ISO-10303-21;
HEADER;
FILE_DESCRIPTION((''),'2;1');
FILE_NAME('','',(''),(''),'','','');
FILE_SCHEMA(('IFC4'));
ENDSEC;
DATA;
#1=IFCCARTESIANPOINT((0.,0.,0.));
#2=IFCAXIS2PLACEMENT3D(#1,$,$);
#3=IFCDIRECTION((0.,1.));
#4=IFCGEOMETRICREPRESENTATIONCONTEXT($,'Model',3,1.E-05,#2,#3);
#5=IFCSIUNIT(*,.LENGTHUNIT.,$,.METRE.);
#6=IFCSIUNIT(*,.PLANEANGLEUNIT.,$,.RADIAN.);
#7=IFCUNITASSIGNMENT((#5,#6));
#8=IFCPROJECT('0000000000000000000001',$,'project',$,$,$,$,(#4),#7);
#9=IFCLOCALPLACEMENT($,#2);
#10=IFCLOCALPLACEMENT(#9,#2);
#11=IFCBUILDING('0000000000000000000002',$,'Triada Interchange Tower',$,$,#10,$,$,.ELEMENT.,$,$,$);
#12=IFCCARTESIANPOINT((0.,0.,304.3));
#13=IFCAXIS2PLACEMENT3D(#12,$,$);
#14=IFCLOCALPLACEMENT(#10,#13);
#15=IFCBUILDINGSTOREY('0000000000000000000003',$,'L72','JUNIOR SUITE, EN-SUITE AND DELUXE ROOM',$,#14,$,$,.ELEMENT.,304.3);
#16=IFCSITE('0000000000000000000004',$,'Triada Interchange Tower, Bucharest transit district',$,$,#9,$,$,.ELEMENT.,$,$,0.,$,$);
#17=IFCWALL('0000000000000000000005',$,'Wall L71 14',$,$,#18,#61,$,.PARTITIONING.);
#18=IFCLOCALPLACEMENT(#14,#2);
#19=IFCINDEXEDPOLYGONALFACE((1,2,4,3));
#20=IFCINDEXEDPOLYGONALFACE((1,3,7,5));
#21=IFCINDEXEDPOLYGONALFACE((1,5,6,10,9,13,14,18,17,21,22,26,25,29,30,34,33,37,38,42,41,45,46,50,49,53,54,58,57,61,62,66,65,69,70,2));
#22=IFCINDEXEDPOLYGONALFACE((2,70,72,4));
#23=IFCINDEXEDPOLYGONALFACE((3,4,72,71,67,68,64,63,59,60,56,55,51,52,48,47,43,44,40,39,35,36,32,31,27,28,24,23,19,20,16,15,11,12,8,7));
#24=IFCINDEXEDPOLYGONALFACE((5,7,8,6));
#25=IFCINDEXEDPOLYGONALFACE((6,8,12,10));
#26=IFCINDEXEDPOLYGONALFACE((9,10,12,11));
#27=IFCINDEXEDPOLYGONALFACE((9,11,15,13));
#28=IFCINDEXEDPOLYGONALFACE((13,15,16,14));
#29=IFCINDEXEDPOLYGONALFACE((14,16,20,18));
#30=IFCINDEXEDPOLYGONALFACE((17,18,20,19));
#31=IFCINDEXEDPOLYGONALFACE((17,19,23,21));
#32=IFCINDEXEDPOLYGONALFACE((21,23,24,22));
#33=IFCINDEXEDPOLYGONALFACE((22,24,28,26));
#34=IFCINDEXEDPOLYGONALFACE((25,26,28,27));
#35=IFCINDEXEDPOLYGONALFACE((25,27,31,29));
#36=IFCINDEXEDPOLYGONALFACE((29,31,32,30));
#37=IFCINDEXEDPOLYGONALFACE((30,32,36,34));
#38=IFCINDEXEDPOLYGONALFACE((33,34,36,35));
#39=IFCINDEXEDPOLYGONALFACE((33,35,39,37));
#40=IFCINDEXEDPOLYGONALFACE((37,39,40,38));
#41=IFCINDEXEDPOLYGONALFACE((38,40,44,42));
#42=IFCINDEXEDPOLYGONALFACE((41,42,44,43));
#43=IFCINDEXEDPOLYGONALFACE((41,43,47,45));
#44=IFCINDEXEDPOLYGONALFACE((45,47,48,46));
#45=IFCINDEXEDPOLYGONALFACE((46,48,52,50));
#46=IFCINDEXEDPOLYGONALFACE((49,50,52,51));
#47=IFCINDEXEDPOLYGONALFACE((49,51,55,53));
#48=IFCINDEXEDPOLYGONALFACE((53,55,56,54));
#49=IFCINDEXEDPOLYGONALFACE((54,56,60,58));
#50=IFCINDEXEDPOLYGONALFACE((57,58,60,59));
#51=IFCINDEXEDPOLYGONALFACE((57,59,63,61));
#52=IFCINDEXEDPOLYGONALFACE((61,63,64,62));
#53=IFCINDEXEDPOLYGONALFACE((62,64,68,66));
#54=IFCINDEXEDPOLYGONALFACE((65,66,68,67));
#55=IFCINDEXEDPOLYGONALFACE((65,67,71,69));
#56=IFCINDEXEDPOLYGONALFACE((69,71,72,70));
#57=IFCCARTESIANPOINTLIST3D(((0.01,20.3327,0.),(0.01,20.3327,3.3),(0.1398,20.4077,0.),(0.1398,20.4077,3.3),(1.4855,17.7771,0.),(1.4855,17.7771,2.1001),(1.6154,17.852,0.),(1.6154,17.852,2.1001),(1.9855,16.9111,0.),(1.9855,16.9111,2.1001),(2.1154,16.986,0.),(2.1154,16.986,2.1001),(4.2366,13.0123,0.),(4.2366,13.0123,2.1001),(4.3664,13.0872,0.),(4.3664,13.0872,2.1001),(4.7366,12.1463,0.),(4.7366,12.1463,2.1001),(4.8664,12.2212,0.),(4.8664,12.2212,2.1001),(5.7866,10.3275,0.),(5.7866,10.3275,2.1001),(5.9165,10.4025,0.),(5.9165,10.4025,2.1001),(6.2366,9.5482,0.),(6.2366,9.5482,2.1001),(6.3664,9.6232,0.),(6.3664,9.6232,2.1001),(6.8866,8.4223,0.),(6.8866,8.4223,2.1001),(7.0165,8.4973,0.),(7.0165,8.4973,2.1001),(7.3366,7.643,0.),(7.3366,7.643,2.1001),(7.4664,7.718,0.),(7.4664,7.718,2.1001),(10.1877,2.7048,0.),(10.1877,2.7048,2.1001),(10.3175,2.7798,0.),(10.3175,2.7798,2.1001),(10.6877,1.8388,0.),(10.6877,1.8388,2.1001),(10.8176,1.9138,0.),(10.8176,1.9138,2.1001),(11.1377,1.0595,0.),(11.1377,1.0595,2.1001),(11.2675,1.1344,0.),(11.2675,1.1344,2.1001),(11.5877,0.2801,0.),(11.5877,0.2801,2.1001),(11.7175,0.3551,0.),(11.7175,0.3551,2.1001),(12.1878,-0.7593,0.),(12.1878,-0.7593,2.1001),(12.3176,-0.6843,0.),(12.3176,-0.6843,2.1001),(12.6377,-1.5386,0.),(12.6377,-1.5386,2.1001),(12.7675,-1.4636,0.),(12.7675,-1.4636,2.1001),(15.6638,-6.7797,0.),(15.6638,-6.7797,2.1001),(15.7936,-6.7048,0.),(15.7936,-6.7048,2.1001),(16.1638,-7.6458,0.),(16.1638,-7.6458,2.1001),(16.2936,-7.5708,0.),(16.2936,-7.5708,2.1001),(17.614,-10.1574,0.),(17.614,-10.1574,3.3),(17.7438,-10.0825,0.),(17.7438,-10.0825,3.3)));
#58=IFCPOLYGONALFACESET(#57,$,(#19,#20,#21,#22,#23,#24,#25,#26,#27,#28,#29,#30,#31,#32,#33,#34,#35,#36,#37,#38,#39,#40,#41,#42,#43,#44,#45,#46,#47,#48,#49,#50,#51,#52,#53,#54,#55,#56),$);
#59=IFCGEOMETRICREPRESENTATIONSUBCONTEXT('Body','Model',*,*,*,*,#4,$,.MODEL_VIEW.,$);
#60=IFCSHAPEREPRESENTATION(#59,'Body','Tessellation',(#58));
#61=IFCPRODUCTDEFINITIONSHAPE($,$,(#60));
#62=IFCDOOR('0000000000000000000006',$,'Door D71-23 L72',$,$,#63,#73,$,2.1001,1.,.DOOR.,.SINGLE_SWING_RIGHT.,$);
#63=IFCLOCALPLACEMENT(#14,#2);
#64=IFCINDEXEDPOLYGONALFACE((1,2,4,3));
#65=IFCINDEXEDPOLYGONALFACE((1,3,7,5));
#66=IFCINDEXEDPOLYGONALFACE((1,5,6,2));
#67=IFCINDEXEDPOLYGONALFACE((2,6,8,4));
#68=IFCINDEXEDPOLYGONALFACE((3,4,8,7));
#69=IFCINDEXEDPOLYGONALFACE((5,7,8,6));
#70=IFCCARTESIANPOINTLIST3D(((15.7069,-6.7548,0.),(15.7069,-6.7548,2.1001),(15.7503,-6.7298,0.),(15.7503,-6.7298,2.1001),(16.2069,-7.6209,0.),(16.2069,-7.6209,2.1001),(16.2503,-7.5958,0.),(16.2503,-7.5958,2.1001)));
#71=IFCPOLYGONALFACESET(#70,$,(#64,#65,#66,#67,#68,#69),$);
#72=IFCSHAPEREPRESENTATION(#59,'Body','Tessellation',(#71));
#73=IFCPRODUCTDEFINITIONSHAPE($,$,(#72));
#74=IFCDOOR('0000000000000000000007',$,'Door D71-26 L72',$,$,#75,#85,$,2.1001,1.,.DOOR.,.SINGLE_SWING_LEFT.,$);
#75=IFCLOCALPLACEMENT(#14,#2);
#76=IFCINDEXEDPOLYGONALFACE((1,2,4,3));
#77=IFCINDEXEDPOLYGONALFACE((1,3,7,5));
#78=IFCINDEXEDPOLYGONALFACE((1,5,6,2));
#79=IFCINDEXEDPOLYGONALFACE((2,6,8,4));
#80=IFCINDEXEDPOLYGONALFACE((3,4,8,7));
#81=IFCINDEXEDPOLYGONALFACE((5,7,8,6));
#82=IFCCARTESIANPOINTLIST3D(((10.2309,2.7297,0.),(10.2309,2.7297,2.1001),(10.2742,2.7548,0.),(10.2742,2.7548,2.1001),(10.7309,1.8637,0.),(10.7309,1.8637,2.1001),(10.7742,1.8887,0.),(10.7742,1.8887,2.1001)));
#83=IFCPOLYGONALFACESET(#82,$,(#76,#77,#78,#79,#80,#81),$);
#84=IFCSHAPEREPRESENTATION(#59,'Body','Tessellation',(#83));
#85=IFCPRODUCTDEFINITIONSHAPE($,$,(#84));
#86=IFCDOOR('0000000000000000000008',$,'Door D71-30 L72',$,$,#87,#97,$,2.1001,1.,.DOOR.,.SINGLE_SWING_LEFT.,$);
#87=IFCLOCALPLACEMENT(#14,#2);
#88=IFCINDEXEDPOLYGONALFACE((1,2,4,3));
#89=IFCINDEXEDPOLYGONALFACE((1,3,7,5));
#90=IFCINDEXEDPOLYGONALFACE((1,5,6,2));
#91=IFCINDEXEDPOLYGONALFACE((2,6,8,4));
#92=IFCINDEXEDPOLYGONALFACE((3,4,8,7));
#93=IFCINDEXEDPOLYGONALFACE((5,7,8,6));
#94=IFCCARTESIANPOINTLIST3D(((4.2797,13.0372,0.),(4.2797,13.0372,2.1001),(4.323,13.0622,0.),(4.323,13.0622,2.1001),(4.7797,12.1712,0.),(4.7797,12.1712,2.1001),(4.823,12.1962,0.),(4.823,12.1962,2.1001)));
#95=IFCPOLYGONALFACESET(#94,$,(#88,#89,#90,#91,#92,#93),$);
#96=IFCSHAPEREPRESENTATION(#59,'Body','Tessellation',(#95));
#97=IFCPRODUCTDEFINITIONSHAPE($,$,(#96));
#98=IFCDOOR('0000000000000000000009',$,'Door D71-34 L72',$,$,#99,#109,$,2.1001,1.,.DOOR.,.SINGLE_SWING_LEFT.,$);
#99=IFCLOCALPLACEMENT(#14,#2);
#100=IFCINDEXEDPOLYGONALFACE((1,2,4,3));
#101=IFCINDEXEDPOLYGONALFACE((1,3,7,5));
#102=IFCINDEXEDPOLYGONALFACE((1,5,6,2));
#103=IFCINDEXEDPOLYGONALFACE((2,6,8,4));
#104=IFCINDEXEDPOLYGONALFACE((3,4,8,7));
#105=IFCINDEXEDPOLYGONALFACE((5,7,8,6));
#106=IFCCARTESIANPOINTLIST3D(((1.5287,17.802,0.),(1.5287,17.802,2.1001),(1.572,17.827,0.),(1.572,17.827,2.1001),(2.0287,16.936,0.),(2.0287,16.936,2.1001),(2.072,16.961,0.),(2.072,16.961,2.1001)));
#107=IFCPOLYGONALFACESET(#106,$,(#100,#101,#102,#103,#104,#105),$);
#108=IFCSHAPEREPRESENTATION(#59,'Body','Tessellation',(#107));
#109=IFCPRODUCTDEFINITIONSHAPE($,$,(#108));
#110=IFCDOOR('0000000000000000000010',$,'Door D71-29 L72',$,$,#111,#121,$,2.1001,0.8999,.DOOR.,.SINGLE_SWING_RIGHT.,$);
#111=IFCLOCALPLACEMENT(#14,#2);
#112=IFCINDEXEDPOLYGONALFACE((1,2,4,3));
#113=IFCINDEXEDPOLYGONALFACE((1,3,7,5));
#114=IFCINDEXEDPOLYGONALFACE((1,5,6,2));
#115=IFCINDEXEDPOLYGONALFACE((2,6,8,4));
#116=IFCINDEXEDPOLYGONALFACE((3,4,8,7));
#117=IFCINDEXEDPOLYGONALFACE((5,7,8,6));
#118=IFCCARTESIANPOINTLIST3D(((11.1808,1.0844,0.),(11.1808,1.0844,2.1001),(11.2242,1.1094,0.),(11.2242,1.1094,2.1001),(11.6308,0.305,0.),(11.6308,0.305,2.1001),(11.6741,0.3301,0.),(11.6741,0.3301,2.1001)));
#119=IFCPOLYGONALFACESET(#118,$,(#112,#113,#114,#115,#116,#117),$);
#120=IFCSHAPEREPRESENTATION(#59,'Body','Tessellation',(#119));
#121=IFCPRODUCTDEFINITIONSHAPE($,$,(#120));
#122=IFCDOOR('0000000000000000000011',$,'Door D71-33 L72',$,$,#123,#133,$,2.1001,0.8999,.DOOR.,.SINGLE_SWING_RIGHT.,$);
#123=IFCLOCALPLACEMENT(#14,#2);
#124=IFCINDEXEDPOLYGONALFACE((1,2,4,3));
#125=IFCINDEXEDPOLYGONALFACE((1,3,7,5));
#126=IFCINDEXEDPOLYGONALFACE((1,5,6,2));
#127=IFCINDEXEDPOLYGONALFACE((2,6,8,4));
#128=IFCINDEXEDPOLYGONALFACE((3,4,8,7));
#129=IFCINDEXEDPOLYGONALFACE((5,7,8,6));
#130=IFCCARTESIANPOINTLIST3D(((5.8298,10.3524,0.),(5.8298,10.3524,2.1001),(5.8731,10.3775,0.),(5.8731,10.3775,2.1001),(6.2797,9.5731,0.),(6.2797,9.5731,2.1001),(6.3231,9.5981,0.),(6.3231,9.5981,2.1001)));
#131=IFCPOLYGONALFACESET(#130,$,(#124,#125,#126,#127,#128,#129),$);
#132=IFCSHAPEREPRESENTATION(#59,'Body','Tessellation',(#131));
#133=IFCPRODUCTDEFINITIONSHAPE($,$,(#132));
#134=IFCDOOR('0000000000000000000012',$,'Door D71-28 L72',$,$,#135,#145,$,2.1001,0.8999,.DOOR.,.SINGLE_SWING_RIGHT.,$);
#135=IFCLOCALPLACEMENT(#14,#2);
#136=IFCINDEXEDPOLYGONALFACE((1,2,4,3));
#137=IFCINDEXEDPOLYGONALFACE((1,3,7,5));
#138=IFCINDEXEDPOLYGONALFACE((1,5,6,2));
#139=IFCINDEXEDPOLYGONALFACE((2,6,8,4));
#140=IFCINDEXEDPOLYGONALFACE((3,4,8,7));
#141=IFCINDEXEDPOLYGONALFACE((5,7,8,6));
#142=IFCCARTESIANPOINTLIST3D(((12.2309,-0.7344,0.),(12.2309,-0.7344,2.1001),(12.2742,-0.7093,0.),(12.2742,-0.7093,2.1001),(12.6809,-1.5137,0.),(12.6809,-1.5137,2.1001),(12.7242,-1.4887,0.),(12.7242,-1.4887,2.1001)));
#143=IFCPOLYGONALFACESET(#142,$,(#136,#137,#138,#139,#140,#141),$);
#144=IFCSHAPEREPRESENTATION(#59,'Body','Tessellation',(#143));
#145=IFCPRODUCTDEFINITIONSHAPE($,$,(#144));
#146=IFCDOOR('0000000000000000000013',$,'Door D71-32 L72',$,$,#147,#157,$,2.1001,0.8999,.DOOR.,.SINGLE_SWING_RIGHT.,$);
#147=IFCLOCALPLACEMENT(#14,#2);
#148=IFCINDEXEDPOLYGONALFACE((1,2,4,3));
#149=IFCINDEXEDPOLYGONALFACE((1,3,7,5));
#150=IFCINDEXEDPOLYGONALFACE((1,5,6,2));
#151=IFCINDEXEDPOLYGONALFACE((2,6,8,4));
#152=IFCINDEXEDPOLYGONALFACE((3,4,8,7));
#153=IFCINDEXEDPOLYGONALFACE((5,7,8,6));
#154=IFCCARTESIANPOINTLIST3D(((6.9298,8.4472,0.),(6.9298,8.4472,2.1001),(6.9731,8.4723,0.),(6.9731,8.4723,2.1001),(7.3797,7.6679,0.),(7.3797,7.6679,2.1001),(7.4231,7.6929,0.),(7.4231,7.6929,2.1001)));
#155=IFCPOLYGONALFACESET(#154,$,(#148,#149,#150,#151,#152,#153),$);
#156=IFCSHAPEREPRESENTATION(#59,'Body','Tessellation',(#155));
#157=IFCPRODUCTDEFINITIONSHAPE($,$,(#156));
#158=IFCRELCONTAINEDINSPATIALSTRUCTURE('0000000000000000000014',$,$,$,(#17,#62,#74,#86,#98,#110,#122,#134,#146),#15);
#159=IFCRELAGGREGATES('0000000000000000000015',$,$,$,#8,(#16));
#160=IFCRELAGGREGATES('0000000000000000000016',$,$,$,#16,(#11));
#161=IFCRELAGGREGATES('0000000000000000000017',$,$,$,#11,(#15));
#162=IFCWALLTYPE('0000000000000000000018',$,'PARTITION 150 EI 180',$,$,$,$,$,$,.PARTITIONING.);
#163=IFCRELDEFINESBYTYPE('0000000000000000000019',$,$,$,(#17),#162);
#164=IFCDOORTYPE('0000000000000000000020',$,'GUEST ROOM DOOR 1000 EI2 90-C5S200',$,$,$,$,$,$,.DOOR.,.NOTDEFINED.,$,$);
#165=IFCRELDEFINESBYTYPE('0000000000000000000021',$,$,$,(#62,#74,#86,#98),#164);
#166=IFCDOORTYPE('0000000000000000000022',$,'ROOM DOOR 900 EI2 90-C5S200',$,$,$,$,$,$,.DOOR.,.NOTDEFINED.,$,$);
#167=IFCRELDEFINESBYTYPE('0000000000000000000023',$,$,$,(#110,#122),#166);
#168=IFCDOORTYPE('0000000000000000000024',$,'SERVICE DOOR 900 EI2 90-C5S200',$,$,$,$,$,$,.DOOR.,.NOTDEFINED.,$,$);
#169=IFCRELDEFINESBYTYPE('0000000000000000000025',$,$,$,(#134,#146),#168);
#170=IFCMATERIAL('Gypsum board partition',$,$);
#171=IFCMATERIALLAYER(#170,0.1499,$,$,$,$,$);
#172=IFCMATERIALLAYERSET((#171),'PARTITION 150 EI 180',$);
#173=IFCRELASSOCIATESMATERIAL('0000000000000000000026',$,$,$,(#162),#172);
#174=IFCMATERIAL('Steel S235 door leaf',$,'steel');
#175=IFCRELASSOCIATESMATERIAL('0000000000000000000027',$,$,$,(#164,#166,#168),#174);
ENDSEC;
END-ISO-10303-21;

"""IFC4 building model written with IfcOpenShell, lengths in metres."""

from ifc_helpers import new_model, si_unit, direction, frame, frame_2d, origin, place, context, subcontext, project, spatial, rectangle, extrude, material, layer, layer_set, type_object, element, fill, save


model = new_model("IFC4")

# Units and contexts
model_context = context("Model", 3, precision=1e-05, world=origin(), true_north=direction((0.0, 1.0)))
body_context = subcontext(model_context, "Body", "Model", "MODEL_VIEW")
ifc_project = project(units=[si_unit("LENGTHUNIT", "METRE"), si_unit("PLANEANGLEUNIT", "RADIAN")], contexts=[model_context])

# Site, building, storey
site_placement = place(None, origin())
site = spatial("IfcSite", under=ifc_project, at=site_placement, Name="Triada Interchange Tower, Bucharest transit district", CompositionType="ELEMENT", RefElevation=0.0)
building_placement = place(site_placement, origin())
building = spatial("IfcBuilding", under=site, at=building_placement, Name="Triada Interchange Tower", CompositionType="ELEMENT")
storey_placement = place(building_placement, frame((0.0, 0.0, 304.3)))
storey = spatial("IfcBuildingStorey", under=building, at=storey_placement, Name="L72", Description="JUNIOR SUITE, EN-SUITE AND DELUXE ROOM", CompositionType="ELEMENT", Elevation=304.3)

# Shared definitions
ifc_material_1 = material(Name="Gypsum board partition")
ifc_layer_1 = layer(ifc_material_1, 0.1499)
ifc_layer_set_1 = layer_set([ifc_layer_1], Name="PARTITION 150 EI 180")
wall_type_1 = type_object("IfcWallType", Name="PARTITION 150 EI 180", PredefinedType="PARTITIONING", material=ifc_layer_set_1)

# Wall, openings, doors
wall_1_placement = place(storey_placement, frame((0.075, 20.3701, 0.0), z_axis=(0.0, 0.0, 1.0), x_axis=(0.50001, -0.86602, 0.0)))
wall_1 = element("IfcWall", 1, at=wall_1_placement, inside=storey, type_object=wall_type_1, Name="Wall L71 14", PredefinedType="PARTITIONING", context=body_context, shape_type="SweptSolid", body=[
    extrude(rectangle(XDim=35.2073, YDim=0.1499, at=frame_2d((17.6035, 0.0))), origin(), (0.0, 0.0, 1.0), 3.3),
])
opening_1_placement = place(wall_1_placement, frame((31.3069, 0.0, 0.0)))
opening_1 = element("IfcOpeningElement", 2, at=opening_1_placement, cuts=wall_1, PredefinedType="OPENING", context=body_context, shape_type="SweptSolid", body=[
    extrude(rectangle(XDim=1.0, YDim=2.1001, at=frame_2d((0.5, 1.05))), frame((0.0, 0.085, 0.0), z_axis=(0.0, -1.0, 0.0), x_axis=(1.0, 0.0, 0.0)), (0.0, 0.0, 1.0), 0.1699),
])
opening_2_placement = place(wall_1_placement, frame((20.355, 0.0, 0.0)))
opening_2 = element("IfcOpeningElement", 3, at=opening_2_placement, cuts=wall_1, PredefinedType="OPENING", context=body_context, shape_type="SweptSolid", body=[
    extrude(rectangle(XDim=1.0, YDim=2.1001, at=frame_2d((0.5, 1.05))), frame((0.0, 0.085, 0.0), z_axis=(0.0, -1.0, 0.0), x_axis=(1.0, 0.0, 0.0)), (0.0, 0.0, 1.0), 0.1699),
])
opening_3_placement = place(wall_1_placement, frame((24.355, 0.0, 0.0)))
opening_3 = element("IfcOpeningElement", 4, at=opening_3_placement, cuts=wall_1, PredefinedType="OPENING", context=body_context, shape_type="SweptSolid", body=[
    extrude(rectangle(XDim=0.8999, YDim=2.1001, at=frame_2d((0.45, 1.05))), frame((0.0, 0.085, 0.0), z_axis=(0.0, -1.0, 0.0), x_axis=(1.0, 0.0, 0.0)), (0.0, 0.0, 1.0), 0.1699),
])
opening_4_placement = place(wall_1_placement, frame((22.2549, 0.0, 0.0)))
opening_4 = element("IfcOpeningElement", 5, at=opening_4_placement, cuts=wall_1, PredefinedType="OPENING", context=body_context, shape_type="SweptSolid", body=[
    extrude(rectangle(XDim=0.8999, YDim=2.1001, at=frame_2d((0.45, 1.05))), frame((0.0, 0.085, 0.0), z_axis=(0.0, -1.0, 0.0), x_axis=(1.0, 0.0, 0.0)), (0.0, 0.0, 1.0), 0.1699),
])
opening_5_placement = place(wall_1_placement, frame((8.4529, 0.0, 0.0)))
opening_5 = element("IfcOpeningElement", 6, at=opening_5_placement, cuts=wall_1, PredefinedType="OPENING", context=body_context, shape_type="SweptSolid", body=[
    extrude(rectangle(XDim=1.0, YDim=2.1001, at=frame_2d((0.5, 1.05))), frame((0.0, 0.085, 0.0), z_axis=(0.0, -1.0, 0.0), x_axis=(1.0, 0.0, 0.0)), (0.0, 0.0, 1.0), 0.1699),
])
opening_6_placement = place(wall_1_placement, frame((13.7529, 0.0, 0.0)))
opening_6 = element("IfcOpeningElement", 7, at=opening_6_placement, cuts=wall_1, PredefinedType="OPENING", context=body_context, shape_type="SweptSolid", body=[
    extrude(rectangle(XDim=0.8999, YDim=2.1001, at=frame_2d((0.45, 1.05))), frame((0.0, 0.085, 0.0), z_axis=(0.0, -1.0, 0.0), x_axis=(1.0, 0.0, 0.0)), (0.0, 0.0, 1.0), 0.1699),
])
opening_7_placement = place(wall_1_placement, frame((11.553, 0.0, 0.0)))
opening_7 = element("IfcOpeningElement", 8, at=opening_7_placement, cuts=wall_1, PredefinedType="OPENING", context=body_context, shape_type="SweptSolid", body=[
    extrude(rectangle(XDim=0.8999, YDim=2.1001, at=frame_2d((0.45, 1.05))), frame((0.0, 0.085, 0.0), z_axis=(0.0, -1.0, 0.0), x_axis=(1.0, 0.0, 0.0)), (0.0, 0.0, 1.0), 0.1699),
])
opening_8_placement = place(wall_1_placement, frame((2.9509, 0.0, 0.0)))
opening_8 = element("IfcOpeningElement", 9, at=opening_8_placement, cuts=wall_1, PredefinedType="OPENING", context=body_context, shape_type="SweptSolid", body=[
    extrude(rectangle(XDim=1.0, YDim=2.1001, at=frame_2d((0.5, 1.05))), frame((0.0, 0.085, 0.0), z_axis=(0.0, -1.0, 0.0), x_axis=(1.0, 0.0, 0.0)), (0.0, 0.0, 1.0), 0.1699),
])
ifc_material_2 = material(Name="Steel S235 door leaf", Category="steel")
door_type_1 = type_object("IfcDoorType", Name="GUEST ROOM DOOR 1000 EI2 90-C5S200", OperationType="NOTDEFINED", PredefinedType="DOOR", material=ifc_material_2)
door_1_placement = place(opening_1_placement, origin())
door_1 = element("IfcDoor", 10, at=door_1_placement, inside=storey, type_object=door_type_1, Name="Door D71-23 L72", OperationType="SINGLE_SWING_RIGHT", OverallHeight=2.1001, OverallWidth=1.0, PredefinedType="DOOR", context=body_context, shape_type="SweptSolid", body=[
    extrude(rectangle(XDim=1.0, YDim=2.1001, at=frame_2d((0.5, 1.05))), frame((0.0, 0.0249, 0.0), z_axis=(0.0, -1.0, 0.0), x_axis=(1.0, 0.0, 0.0)), (0.0, 0.0, 1.0), 0.05),
])
fill(opening_1, door_1)
door_2_placement = place(opening_2_placement, origin())
door_2 = element("IfcDoor", 11, at=door_2_placement, inside=storey, type_object=door_type_1, Name="Door D71-26 L72", OperationType="SINGLE_SWING_LEFT", OverallHeight=2.1001, OverallWidth=1.0, PredefinedType="DOOR", context=body_context, shape_type="SweptSolid", body=[
    extrude(rectangle(XDim=1.0, YDim=2.1001, at=frame_2d((0.5, 1.05))), frame((0.0, 0.0249, 0.0), z_axis=(0.0, -1.0, 0.0), x_axis=(1.0, 0.0, 0.0)), (0.0, 0.0, 1.0), 0.05),
])
fill(opening_2, door_2)
door_3_placement = place(opening_5_placement, origin())
door_3 = element("IfcDoor", 12, at=door_3_placement, inside=storey, type_object=door_type_1, Name="Door D71-30 L72", OperationType="SINGLE_SWING_LEFT", OverallHeight=2.1001, OverallWidth=1.0, PredefinedType="DOOR", context=body_context, shape_type="SweptSolid", body=[
    extrude(rectangle(XDim=1.0, YDim=2.1001, at=frame_2d((0.5, 1.05))), frame((0.0, 0.0249, 0.0), z_axis=(0.0, -1.0, 0.0), x_axis=(1.0, 0.0, 0.0)), (0.0, 0.0, 1.0), 0.05),
])
fill(opening_5, door_3)
door_4_placement = place(opening_8_placement, origin())
door_4 = element("IfcDoor", 13, at=door_4_placement, inside=storey, type_object=door_type_1, Name="Door D71-34 L72", OperationType="SINGLE_SWING_LEFT", OverallHeight=2.1001, OverallWidth=1.0, PredefinedType="DOOR", context=body_context, shape_type="SweptSolid", body=[
    extrude(rectangle(XDim=1.0, YDim=2.1001, at=frame_2d((0.5, 1.05))), frame((0.0, 0.0249, 0.0), z_axis=(0.0, -1.0, 0.0), x_axis=(1.0, 0.0, 0.0)), (0.0, 0.0, 1.0), 0.05),
])
fill(opening_8, door_4)
door_type_2 = type_object("IfcDoorType", Name="ROOM DOOR 900 EI2 90-C5S200", OperationType="NOTDEFINED", PredefinedType="DOOR", material=ifc_material_2)
door_5_placement = place(opening_4_placement, origin())
door_5 = element("IfcDoor", 14, at=door_5_placement, inside=storey, type_object=door_type_2, Name="Door D71-29 L72", OperationType="SINGLE_SWING_RIGHT", OverallHeight=2.1001, OverallWidth=0.8999, PredefinedType="DOOR", context=body_context, shape_type="SweptSolid", body=[
    extrude(rectangle(XDim=0.8999, YDim=2.1001, at=frame_2d((0.45, 1.05))), frame((0.0, 0.0249, 0.0), z_axis=(0.0, -1.0, 0.0), x_axis=(1.0, 0.0, 0.0)), (0.0, 0.0, 1.0), 0.05),
])
fill(opening_4, door_5)
door_6_placement = place(opening_7_placement, origin())
door_6 = element("IfcDoor", 15, at=door_6_placement, inside=storey, type_object=door_type_2, Name="Door D71-33 L72", OperationType="SINGLE_SWING_RIGHT", OverallHeight=2.1001, OverallWidth=0.8999, PredefinedType="DOOR", context=body_context, shape_type="SweptSolid", body=[
    extrude(rectangle(XDim=0.8999, YDim=2.1001, at=frame_2d((0.45, 1.05))), frame((0.0, 0.0249, 0.0), z_axis=(0.0, -1.0, 0.0), x_axis=(1.0, 0.0, 0.0)), (0.0, 0.0, 1.0), 0.05),
])
fill(opening_7, door_6)
door_type_3 = type_object("IfcDoorType", Name="SERVICE DOOR 900 EI2 90-C5S200", OperationType="NOTDEFINED", PredefinedType="DOOR", material=ifc_material_2)
door_7_placement = place(opening_3_placement, origin())
door_7 = element("IfcDoor", 16, at=door_7_placement, inside=storey, type_object=door_type_3, Name="Door D71-28 L72", OperationType="SINGLE_SWING_RIGHT", OverallHeight=2.1001, OverallWidth=0.8999, PredefinedType="DOOR", context=body_context, shape_type="SweptSolid", body=[
    extrude(rectangle(XDim=0.8999, YDim=2.1001, at=frame_2d((0.45, 1.05))), frame((0.0, 0.0249, 0.0), z_axis=(0.0, -1.0, 0.0), x_axis=(1.0, 0.0, 0.0)), (0.0, 0.0, 1.0), 0.05),
])
fill(opening_3, door_7)
door_8_placement = place(opening_6_placement, origin())
door_8 = element("IfcDoor", 17, at=door_8_placement, inside=storey, type_object=door_type_3, Name="Door D71-32 L72", OperationType="SINGLE_SWING_RIGHT", OverallHeight=2.1001, OverallWidth=0.8999, PredefinedType="DOOR", context=body_context, shape_type="SweptSolid", body=[
    extrude(rectangle(XDim=0.8999, YDim=2.1001, at=frame_2d((0.45, 1.05))), frame((0.0, 0.0249, 0.0), z_axis=(0.0, -1.0, 0.0), x_axis=(1.0, 0.0, 0.0)), (0.0, 0.0, 1.0), 0.05),
])
fill(opening_6, door_8)

save(model, "model.ifc")
